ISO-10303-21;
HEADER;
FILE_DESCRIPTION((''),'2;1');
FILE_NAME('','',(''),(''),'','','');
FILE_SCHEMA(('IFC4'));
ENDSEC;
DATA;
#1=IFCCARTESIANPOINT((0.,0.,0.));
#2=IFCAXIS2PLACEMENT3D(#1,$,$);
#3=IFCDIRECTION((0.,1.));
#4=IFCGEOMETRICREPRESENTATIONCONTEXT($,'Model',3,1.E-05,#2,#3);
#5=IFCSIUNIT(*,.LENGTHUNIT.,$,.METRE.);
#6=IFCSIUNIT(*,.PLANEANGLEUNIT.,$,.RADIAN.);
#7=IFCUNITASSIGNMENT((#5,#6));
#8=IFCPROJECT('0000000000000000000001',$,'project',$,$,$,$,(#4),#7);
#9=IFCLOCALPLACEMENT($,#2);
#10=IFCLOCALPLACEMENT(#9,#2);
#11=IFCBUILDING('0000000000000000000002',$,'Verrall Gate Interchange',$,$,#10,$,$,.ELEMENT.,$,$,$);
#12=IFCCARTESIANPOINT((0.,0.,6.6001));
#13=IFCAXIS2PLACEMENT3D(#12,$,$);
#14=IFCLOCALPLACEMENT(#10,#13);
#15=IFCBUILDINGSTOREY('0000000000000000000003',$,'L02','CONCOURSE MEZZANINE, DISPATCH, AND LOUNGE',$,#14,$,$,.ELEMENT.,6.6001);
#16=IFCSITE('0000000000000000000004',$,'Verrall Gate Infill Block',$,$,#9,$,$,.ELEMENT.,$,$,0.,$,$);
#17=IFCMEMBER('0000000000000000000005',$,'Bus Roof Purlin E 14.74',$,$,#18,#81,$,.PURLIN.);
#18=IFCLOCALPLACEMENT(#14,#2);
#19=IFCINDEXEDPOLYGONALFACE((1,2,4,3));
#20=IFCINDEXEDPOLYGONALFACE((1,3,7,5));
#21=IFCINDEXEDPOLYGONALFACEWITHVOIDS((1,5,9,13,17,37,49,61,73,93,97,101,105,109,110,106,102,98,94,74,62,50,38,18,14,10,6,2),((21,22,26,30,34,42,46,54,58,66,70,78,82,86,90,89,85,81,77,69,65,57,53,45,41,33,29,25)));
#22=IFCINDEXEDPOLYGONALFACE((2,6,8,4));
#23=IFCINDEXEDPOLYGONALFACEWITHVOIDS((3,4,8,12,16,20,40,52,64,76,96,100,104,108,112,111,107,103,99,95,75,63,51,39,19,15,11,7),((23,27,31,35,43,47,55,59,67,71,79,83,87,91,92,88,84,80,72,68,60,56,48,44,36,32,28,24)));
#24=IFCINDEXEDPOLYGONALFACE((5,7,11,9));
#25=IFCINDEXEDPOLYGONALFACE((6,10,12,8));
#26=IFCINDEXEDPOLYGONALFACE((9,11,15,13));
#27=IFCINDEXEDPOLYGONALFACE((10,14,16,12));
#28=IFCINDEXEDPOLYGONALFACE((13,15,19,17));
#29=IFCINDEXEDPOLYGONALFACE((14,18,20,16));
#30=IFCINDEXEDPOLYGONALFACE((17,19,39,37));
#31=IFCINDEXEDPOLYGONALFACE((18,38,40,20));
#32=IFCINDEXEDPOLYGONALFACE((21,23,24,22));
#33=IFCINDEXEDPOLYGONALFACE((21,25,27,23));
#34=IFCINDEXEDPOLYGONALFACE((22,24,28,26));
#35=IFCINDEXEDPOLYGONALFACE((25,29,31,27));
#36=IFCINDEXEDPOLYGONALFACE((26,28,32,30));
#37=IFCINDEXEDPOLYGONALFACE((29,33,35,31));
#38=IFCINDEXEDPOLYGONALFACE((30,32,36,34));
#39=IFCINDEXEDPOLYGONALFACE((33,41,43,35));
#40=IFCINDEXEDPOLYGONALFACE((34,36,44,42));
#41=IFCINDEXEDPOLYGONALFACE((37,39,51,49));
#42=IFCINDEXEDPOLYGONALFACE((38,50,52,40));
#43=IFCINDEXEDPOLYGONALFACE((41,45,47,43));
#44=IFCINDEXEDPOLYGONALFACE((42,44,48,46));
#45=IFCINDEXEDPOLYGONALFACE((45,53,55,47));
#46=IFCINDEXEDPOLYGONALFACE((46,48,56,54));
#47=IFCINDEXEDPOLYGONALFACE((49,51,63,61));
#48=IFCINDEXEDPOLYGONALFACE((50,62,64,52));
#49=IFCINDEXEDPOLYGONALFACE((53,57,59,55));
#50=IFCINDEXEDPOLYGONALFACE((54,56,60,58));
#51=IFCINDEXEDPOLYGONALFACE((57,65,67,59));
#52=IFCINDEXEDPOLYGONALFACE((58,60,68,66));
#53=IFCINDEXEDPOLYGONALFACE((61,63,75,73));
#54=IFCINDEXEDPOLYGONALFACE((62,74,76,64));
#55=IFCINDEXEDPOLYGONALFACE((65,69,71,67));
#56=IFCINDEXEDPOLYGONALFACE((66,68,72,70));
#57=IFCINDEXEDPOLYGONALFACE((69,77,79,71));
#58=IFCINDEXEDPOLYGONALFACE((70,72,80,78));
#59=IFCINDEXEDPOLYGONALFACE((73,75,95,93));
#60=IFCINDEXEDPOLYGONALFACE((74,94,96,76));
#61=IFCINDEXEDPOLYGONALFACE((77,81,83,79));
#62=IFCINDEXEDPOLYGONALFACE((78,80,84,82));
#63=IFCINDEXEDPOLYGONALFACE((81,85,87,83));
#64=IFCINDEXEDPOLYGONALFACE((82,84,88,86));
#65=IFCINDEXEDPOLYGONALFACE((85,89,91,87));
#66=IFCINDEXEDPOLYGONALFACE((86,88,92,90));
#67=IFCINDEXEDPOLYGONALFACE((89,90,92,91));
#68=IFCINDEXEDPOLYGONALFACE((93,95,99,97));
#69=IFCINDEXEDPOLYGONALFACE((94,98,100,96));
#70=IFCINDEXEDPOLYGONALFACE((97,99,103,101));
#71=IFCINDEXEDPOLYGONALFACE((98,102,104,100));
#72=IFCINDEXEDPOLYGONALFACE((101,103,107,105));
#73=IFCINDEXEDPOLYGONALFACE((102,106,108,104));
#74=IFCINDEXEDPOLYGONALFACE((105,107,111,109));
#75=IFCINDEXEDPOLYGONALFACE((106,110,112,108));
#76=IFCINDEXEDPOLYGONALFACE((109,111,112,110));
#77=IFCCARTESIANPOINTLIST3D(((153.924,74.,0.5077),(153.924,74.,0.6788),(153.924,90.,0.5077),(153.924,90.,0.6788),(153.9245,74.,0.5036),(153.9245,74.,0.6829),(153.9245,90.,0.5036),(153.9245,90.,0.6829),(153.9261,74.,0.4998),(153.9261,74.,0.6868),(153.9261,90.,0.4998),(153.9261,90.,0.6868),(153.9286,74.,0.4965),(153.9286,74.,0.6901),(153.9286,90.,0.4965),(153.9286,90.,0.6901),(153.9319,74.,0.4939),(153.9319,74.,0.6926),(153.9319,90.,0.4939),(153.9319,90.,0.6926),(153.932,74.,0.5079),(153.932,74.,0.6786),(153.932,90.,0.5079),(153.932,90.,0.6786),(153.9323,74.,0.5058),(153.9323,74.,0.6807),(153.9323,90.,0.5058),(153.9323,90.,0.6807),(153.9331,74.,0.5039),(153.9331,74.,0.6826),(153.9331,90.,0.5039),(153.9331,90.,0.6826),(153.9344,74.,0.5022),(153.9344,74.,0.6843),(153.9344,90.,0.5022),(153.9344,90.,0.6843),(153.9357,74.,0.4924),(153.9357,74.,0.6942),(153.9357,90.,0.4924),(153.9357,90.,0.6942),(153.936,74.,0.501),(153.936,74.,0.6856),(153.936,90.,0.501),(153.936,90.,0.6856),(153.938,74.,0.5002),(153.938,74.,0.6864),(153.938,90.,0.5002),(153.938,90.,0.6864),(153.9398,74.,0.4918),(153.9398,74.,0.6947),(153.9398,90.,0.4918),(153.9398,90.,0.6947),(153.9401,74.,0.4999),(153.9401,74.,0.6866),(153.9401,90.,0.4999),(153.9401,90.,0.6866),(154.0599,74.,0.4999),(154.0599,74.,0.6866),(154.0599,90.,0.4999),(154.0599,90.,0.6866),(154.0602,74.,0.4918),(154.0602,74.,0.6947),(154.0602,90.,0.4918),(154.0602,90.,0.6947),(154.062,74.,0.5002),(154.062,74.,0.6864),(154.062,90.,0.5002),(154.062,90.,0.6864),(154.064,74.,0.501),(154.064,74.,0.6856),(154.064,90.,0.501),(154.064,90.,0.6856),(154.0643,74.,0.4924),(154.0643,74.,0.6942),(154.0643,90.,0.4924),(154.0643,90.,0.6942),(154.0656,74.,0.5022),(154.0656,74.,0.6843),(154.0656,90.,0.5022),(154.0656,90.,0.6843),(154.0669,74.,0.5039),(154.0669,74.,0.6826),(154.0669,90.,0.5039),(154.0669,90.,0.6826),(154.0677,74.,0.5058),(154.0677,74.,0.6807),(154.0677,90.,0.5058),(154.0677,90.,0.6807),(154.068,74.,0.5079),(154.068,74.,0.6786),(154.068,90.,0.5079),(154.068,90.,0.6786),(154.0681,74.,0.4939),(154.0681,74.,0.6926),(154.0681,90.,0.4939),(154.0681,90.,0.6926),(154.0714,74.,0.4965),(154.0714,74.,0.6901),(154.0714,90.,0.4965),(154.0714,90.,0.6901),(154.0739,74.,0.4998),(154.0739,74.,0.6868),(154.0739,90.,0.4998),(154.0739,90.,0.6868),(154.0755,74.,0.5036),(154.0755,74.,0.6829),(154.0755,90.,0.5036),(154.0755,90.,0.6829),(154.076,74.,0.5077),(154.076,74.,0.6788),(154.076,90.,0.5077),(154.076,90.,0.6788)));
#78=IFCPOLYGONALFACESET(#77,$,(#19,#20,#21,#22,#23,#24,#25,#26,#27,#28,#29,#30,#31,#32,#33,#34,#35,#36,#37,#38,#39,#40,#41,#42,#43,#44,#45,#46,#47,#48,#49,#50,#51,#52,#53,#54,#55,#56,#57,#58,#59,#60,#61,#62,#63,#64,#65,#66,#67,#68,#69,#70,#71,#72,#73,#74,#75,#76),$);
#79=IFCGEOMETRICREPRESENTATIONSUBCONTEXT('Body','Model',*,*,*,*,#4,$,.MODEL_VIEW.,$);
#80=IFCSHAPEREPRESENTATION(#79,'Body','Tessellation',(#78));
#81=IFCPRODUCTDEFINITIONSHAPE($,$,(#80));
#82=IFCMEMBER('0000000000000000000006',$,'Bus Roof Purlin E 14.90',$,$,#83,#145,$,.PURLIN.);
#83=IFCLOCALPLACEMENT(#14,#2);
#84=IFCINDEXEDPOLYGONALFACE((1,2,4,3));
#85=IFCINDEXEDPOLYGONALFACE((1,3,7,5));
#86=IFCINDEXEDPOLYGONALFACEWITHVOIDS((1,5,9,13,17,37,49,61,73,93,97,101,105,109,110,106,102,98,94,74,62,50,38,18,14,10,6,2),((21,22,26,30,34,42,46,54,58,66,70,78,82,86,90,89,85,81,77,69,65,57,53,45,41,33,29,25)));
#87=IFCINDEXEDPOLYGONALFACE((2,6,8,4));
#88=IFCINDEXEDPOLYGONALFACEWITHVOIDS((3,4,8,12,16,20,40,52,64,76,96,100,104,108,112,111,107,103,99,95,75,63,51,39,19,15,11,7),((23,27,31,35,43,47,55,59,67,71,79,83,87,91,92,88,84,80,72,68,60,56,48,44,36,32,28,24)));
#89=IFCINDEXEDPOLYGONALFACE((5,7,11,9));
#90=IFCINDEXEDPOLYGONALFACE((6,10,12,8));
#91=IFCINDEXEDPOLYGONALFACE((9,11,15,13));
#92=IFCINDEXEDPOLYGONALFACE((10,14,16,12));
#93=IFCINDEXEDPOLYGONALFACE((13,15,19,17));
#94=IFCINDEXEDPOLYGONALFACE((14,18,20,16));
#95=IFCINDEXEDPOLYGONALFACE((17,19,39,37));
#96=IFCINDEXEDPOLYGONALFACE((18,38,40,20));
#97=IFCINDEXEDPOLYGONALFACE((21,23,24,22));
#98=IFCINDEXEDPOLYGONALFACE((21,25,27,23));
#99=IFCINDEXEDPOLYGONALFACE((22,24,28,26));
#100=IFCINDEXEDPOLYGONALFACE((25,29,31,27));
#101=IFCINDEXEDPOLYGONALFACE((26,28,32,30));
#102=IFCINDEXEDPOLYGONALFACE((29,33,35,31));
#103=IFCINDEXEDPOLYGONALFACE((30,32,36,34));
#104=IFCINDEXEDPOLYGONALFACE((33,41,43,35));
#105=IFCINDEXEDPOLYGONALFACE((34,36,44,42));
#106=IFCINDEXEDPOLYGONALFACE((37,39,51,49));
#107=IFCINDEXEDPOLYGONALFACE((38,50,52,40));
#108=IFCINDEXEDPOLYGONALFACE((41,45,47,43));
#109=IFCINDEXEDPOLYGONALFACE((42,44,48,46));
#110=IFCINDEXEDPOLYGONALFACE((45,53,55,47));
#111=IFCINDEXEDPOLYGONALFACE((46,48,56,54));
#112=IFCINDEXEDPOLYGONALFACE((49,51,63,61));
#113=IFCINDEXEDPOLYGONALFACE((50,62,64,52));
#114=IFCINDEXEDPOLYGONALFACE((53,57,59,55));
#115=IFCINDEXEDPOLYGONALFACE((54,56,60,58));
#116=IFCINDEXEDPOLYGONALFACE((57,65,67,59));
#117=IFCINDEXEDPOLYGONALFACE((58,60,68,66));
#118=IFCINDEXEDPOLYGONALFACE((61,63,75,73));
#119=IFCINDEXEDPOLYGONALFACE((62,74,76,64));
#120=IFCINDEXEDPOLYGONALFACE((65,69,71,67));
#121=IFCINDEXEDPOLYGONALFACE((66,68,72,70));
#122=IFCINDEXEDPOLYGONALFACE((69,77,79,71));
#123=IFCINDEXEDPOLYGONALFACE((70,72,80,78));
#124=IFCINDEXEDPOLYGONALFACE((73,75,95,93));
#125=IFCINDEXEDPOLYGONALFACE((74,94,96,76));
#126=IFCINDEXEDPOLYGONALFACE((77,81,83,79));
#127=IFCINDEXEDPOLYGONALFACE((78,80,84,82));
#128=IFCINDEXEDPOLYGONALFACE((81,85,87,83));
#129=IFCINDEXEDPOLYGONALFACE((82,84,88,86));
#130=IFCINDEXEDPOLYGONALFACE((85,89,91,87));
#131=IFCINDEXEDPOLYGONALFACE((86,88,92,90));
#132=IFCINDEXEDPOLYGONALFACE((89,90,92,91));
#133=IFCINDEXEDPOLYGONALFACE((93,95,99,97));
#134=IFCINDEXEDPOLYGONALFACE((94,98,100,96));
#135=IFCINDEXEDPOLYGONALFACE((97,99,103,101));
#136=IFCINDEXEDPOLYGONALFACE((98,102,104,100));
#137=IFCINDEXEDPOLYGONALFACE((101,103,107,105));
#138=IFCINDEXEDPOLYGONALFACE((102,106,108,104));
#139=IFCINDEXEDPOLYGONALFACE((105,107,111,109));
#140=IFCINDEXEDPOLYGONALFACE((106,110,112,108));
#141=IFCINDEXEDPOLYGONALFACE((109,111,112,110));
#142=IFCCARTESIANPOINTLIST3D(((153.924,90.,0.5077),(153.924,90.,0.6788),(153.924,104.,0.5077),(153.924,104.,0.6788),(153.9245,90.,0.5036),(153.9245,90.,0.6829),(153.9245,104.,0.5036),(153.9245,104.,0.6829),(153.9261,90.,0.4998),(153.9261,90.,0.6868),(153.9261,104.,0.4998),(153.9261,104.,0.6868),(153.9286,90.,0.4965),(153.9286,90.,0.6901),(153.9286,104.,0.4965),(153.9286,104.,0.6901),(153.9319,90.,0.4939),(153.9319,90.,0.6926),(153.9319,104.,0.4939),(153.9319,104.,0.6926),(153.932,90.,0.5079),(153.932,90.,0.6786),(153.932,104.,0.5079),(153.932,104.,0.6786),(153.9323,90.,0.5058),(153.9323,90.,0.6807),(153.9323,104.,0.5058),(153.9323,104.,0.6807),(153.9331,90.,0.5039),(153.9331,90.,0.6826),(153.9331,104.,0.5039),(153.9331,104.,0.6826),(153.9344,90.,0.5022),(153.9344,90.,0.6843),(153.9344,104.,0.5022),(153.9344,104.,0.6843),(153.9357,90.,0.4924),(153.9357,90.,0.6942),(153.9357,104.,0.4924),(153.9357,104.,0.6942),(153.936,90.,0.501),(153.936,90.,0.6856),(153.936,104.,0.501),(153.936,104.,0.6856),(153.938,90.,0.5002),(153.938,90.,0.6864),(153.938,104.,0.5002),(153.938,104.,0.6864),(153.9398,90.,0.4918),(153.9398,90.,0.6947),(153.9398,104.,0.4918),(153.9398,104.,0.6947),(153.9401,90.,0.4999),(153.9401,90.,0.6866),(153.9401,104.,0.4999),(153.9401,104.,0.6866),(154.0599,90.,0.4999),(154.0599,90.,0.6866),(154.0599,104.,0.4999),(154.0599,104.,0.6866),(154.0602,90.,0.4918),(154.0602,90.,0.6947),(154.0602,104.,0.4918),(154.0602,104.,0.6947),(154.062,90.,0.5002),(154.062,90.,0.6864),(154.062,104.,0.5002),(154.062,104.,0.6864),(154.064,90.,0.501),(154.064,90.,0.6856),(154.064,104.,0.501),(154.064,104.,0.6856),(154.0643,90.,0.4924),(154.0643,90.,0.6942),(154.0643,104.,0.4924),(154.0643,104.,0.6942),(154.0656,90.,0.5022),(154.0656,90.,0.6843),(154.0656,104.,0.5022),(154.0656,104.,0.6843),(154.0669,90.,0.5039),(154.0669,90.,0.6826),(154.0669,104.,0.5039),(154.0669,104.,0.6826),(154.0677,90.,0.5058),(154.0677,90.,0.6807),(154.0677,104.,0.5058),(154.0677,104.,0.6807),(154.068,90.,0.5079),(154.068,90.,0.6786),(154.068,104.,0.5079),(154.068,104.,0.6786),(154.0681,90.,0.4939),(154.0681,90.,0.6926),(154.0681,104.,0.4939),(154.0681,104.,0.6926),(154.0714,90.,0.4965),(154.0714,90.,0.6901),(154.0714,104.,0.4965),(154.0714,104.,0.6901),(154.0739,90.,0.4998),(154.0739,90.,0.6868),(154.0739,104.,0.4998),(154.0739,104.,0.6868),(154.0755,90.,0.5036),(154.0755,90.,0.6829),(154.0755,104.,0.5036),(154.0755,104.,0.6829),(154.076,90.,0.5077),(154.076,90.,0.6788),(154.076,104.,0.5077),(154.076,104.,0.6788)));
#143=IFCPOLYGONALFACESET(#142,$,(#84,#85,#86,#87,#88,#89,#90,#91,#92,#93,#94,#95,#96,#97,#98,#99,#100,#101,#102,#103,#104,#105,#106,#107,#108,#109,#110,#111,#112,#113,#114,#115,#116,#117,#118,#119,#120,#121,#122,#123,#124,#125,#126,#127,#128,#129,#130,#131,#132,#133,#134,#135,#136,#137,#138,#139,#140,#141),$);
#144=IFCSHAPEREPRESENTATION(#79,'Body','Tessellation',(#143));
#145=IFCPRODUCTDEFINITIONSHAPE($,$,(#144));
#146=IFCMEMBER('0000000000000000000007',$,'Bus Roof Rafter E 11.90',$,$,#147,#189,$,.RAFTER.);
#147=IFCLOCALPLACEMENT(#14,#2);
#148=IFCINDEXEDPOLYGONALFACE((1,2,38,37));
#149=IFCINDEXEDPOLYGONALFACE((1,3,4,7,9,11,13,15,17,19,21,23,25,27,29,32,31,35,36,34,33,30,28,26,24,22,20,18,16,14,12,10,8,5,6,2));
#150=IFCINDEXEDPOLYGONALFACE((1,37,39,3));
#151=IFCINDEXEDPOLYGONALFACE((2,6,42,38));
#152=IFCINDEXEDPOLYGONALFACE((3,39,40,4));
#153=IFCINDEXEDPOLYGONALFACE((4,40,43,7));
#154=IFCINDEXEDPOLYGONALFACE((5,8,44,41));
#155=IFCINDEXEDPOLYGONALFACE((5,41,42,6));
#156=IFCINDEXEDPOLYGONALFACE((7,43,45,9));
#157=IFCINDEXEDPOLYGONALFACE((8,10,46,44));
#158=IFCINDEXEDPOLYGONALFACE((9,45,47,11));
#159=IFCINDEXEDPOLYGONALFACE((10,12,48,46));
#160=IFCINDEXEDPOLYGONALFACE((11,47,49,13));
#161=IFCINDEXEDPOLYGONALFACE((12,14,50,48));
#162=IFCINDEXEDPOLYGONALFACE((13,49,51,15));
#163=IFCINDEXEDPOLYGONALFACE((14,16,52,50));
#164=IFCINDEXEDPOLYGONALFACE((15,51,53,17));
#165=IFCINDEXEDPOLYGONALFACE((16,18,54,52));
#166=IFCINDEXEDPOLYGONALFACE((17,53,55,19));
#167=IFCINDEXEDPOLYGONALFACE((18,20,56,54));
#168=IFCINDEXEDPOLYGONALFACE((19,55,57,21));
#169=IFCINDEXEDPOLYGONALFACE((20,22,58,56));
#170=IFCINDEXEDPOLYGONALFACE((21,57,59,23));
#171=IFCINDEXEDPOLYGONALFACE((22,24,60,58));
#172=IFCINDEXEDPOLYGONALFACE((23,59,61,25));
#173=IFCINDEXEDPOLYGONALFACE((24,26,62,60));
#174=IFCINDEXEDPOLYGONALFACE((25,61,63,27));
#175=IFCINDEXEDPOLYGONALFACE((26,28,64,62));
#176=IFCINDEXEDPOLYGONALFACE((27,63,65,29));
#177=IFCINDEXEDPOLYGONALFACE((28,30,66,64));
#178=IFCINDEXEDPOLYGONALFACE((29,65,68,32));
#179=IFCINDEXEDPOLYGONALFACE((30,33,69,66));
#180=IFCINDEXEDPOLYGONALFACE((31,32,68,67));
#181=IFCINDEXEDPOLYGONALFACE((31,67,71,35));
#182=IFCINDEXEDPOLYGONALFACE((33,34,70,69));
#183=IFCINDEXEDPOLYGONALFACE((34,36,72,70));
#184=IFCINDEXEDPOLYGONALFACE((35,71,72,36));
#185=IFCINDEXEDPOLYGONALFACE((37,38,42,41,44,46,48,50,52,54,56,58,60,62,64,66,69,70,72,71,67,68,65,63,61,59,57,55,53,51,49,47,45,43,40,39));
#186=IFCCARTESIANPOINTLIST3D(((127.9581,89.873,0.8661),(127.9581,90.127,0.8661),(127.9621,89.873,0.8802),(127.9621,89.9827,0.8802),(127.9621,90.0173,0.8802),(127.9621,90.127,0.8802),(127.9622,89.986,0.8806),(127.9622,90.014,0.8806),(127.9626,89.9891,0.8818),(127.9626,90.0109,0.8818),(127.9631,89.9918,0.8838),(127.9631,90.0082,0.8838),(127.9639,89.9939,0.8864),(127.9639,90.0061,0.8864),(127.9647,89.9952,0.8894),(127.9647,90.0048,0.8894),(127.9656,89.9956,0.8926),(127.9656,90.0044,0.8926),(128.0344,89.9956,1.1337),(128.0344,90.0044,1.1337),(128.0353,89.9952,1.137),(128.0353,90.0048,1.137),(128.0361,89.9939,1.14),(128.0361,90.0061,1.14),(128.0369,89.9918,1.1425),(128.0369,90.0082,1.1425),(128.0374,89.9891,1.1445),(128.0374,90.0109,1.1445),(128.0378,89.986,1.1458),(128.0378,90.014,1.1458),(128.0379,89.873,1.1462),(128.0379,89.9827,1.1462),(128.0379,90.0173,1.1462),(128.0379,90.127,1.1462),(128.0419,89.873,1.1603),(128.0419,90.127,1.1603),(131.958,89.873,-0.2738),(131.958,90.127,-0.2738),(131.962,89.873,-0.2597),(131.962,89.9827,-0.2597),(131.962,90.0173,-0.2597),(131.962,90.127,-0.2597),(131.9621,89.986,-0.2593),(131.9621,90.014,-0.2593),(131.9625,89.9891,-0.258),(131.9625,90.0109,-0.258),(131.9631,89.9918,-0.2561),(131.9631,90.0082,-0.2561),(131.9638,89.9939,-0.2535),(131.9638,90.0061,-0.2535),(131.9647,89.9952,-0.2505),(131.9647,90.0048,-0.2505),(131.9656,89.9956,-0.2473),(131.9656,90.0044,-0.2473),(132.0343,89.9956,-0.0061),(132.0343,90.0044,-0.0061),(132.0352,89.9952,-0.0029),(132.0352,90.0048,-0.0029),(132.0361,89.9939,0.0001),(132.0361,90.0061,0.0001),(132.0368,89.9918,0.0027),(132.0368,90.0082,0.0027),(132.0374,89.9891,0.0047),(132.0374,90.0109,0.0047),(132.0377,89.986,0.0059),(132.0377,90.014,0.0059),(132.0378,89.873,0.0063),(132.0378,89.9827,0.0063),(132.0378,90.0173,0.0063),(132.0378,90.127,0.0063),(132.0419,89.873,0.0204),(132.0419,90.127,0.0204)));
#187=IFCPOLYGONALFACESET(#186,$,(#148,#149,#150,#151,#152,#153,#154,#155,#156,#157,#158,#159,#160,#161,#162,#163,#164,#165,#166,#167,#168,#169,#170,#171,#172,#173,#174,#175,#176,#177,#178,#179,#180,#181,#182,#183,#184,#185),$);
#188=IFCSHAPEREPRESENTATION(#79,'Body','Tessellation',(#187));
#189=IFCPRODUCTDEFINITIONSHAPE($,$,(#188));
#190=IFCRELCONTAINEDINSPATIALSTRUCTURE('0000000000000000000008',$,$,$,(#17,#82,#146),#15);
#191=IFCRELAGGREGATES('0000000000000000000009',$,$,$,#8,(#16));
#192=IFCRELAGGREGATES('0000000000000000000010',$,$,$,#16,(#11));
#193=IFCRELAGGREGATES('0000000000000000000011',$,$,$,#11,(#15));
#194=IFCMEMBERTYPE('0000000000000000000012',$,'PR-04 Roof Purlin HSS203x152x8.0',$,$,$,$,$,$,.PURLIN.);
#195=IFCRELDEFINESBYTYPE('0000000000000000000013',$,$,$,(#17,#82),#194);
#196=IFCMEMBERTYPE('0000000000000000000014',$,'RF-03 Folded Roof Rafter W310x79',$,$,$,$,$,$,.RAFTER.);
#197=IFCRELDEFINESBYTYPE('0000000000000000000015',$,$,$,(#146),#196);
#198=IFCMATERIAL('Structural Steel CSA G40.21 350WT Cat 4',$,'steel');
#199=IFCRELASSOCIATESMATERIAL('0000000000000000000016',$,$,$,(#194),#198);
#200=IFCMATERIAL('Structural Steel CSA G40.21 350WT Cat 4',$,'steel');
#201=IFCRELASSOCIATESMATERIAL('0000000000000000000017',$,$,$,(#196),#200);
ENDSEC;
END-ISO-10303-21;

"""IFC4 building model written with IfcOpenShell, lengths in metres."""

from ifc_helpers import new_model, si_unit, direction, frame, origin, origin_2d, place, context, subcontext, project, spatial, hollow_rectangle, i_section, extrude, material, material_profile, profile_set, type_object, element, save


model = new_model("IFC4")

# Units and contexts
model_context = context("Model", 3, precision=1e-05, world=origin(), true_north=direction((0.0, 1.0)))
body_context = subcontext(model_context, "Body", "Model", "MODEL_VIEW")
ifc_project = project(units=[si_unit("LENGTHUNIT", "METRE"), si_unit("PLANEANGLEUNIT", "RADIAN")], contexts=[model_context])

# Site, building, storey
site_placement = place(None, origin())
site = spatial("IfcSite", under=ifc_project, at=site_placement, Name="Verrall Gate Infill Block", CompositionType="ELEMENT", RefElevation=0.0)
building_placement = place(site_placement, origin())
building = spatial("IfcBuilding", under=site, at=building_placement, Name="Verrall Gate Interchange", CompositionType="ELEMENT")
storey_placement = place(building_placement, frame((0.0, 0.0, 6.6001)))
storey = spatial("IfcBuildingStorey", under=building, at=storey_placement, Name="L02", Description="CONCOURSE MEZZANINE, DISPATCH, AND LOUNGE", CompositionType="ELEMENT", Elevation=6.6001)

# Members
ifc_material_1 = material(Name="Structural Steel CSA G40.21 350WT Cat 4", Category="steel")
ifc_material_profile_1 = material_profile(ifc_material_1, hollow_rectangle(XDim=0.1521, YDim=0.2029, WallThickness=0.0081, InnerFilletRadius=0.0081, OuterFilletRadius=0.0159, at=origin_2d()), Name="HSS203x152x8.0")
ifc_profile_set_1 = profile_set([ifc_material_profile_1], Name="Structural Steel CSA G40.21 350WT Cat 4")
member_type_1 = type_object("IfcMemberType", Name="PR-04 Roof Purlin HSS203x152x8.0", PredefinedType="PURLIN", material=ifc_profile_set_1)
member_1_placement = place(storey_placement, frame((154.0, 74.0, 0.5933), z_axis=(0.0, 1.0, 0.0), x_axis=(-1.0, 0.0, 0.0)))
element("IfcMember", 1, at=member_1_placement, inside=storey, type_object=member_type_1, Name="Bus Roof Purlin E 14.74", PredefinedType="PURLIN", context=body_context, shape_type="SweptSolid", body=[
    extrude(hollow_rectangle(XDim=0.1521, YDim=0.2029, WallThickness=0.0081, InnerFilletRadius=0.0081, OuterFilletRadius=0.0159, at=origin_2d()), origin(), (0.0, 0.0, 1.0), 16.0),
])
member_2_placement = place(storey_placement, frame((154.0, 90.0, 0.5933), z_axis=(0.0, 1.0, 0.0), x_axis=(-1.0, 0.0, 0.0)))
element("IfcMember", 2, at=member_2_placement, inside=storey, type_object=member_type_1, Name="Bus Roof Purlin E 14.90", PredefinedType="PURLIN", context=body_context, shape_type="SweptSolid", body=[
    extrude(hollow_rectangle(XDim=0.1521, YDim=0.2029, WallThickness=0.0081, InnerFilletRadius=0.0081, OuterFilletRadius=0.0159, at=origin_2d()), origin(), (0.0, 0.0, 1.0), 14.0),
])
ifc_material_2 = material(Name="Structural Steel CSA G40.21 350WT Cat 4", Category="steel")
ifc_material_profile_2 = material_profile(ifc_material_2, i_section(OverallWidth=0.2539, OverallDepth=0.3059, WebThickness=0.0088, FlangeThickness=0.0146, FilletRadius=0.0129, at=origin_2d()), Name="W310x79")
ifc_profile_set_2 = profile_set([ifc_material_profile_2], Name="Structural Steel CSA G40.21 350WT Cat 4")
member_type_2 = type_object("IfcMemberType", Name="RF-03 Folded Roof Rafter W310x79", PredefinedType="RAFTER", material=ifc_profile_set_2)
for number, where, z_axis, x_axis, name in (
    (3, (128.0, 90.0, 1.0132), (0.961712, 0.0, -0.274062), (0.0, 1.0, 0.0), "Bus Roof Rafter E 11.90"),
):
    element("IfcMember", number, at=place(storey_placement, frame(where, z_axis=z_axis, x_axis=x_axis)), inside=storey, type_object=member_type_2, Name=name, PredefinedType="RAFTER", context=body_context, shape_type="SweptSolid", body=[
        extrude(i_section(OverallWidth=0.2539, OverallDepth=0.3059, WebThickness=0.0088, FlangeThickness=0.0146, FilletRadius=0.0129, at=origin_2d()), origin(), (0.0, 0.0, 1.0), 4.1592),
    ])

save(model, "model.ifc")
